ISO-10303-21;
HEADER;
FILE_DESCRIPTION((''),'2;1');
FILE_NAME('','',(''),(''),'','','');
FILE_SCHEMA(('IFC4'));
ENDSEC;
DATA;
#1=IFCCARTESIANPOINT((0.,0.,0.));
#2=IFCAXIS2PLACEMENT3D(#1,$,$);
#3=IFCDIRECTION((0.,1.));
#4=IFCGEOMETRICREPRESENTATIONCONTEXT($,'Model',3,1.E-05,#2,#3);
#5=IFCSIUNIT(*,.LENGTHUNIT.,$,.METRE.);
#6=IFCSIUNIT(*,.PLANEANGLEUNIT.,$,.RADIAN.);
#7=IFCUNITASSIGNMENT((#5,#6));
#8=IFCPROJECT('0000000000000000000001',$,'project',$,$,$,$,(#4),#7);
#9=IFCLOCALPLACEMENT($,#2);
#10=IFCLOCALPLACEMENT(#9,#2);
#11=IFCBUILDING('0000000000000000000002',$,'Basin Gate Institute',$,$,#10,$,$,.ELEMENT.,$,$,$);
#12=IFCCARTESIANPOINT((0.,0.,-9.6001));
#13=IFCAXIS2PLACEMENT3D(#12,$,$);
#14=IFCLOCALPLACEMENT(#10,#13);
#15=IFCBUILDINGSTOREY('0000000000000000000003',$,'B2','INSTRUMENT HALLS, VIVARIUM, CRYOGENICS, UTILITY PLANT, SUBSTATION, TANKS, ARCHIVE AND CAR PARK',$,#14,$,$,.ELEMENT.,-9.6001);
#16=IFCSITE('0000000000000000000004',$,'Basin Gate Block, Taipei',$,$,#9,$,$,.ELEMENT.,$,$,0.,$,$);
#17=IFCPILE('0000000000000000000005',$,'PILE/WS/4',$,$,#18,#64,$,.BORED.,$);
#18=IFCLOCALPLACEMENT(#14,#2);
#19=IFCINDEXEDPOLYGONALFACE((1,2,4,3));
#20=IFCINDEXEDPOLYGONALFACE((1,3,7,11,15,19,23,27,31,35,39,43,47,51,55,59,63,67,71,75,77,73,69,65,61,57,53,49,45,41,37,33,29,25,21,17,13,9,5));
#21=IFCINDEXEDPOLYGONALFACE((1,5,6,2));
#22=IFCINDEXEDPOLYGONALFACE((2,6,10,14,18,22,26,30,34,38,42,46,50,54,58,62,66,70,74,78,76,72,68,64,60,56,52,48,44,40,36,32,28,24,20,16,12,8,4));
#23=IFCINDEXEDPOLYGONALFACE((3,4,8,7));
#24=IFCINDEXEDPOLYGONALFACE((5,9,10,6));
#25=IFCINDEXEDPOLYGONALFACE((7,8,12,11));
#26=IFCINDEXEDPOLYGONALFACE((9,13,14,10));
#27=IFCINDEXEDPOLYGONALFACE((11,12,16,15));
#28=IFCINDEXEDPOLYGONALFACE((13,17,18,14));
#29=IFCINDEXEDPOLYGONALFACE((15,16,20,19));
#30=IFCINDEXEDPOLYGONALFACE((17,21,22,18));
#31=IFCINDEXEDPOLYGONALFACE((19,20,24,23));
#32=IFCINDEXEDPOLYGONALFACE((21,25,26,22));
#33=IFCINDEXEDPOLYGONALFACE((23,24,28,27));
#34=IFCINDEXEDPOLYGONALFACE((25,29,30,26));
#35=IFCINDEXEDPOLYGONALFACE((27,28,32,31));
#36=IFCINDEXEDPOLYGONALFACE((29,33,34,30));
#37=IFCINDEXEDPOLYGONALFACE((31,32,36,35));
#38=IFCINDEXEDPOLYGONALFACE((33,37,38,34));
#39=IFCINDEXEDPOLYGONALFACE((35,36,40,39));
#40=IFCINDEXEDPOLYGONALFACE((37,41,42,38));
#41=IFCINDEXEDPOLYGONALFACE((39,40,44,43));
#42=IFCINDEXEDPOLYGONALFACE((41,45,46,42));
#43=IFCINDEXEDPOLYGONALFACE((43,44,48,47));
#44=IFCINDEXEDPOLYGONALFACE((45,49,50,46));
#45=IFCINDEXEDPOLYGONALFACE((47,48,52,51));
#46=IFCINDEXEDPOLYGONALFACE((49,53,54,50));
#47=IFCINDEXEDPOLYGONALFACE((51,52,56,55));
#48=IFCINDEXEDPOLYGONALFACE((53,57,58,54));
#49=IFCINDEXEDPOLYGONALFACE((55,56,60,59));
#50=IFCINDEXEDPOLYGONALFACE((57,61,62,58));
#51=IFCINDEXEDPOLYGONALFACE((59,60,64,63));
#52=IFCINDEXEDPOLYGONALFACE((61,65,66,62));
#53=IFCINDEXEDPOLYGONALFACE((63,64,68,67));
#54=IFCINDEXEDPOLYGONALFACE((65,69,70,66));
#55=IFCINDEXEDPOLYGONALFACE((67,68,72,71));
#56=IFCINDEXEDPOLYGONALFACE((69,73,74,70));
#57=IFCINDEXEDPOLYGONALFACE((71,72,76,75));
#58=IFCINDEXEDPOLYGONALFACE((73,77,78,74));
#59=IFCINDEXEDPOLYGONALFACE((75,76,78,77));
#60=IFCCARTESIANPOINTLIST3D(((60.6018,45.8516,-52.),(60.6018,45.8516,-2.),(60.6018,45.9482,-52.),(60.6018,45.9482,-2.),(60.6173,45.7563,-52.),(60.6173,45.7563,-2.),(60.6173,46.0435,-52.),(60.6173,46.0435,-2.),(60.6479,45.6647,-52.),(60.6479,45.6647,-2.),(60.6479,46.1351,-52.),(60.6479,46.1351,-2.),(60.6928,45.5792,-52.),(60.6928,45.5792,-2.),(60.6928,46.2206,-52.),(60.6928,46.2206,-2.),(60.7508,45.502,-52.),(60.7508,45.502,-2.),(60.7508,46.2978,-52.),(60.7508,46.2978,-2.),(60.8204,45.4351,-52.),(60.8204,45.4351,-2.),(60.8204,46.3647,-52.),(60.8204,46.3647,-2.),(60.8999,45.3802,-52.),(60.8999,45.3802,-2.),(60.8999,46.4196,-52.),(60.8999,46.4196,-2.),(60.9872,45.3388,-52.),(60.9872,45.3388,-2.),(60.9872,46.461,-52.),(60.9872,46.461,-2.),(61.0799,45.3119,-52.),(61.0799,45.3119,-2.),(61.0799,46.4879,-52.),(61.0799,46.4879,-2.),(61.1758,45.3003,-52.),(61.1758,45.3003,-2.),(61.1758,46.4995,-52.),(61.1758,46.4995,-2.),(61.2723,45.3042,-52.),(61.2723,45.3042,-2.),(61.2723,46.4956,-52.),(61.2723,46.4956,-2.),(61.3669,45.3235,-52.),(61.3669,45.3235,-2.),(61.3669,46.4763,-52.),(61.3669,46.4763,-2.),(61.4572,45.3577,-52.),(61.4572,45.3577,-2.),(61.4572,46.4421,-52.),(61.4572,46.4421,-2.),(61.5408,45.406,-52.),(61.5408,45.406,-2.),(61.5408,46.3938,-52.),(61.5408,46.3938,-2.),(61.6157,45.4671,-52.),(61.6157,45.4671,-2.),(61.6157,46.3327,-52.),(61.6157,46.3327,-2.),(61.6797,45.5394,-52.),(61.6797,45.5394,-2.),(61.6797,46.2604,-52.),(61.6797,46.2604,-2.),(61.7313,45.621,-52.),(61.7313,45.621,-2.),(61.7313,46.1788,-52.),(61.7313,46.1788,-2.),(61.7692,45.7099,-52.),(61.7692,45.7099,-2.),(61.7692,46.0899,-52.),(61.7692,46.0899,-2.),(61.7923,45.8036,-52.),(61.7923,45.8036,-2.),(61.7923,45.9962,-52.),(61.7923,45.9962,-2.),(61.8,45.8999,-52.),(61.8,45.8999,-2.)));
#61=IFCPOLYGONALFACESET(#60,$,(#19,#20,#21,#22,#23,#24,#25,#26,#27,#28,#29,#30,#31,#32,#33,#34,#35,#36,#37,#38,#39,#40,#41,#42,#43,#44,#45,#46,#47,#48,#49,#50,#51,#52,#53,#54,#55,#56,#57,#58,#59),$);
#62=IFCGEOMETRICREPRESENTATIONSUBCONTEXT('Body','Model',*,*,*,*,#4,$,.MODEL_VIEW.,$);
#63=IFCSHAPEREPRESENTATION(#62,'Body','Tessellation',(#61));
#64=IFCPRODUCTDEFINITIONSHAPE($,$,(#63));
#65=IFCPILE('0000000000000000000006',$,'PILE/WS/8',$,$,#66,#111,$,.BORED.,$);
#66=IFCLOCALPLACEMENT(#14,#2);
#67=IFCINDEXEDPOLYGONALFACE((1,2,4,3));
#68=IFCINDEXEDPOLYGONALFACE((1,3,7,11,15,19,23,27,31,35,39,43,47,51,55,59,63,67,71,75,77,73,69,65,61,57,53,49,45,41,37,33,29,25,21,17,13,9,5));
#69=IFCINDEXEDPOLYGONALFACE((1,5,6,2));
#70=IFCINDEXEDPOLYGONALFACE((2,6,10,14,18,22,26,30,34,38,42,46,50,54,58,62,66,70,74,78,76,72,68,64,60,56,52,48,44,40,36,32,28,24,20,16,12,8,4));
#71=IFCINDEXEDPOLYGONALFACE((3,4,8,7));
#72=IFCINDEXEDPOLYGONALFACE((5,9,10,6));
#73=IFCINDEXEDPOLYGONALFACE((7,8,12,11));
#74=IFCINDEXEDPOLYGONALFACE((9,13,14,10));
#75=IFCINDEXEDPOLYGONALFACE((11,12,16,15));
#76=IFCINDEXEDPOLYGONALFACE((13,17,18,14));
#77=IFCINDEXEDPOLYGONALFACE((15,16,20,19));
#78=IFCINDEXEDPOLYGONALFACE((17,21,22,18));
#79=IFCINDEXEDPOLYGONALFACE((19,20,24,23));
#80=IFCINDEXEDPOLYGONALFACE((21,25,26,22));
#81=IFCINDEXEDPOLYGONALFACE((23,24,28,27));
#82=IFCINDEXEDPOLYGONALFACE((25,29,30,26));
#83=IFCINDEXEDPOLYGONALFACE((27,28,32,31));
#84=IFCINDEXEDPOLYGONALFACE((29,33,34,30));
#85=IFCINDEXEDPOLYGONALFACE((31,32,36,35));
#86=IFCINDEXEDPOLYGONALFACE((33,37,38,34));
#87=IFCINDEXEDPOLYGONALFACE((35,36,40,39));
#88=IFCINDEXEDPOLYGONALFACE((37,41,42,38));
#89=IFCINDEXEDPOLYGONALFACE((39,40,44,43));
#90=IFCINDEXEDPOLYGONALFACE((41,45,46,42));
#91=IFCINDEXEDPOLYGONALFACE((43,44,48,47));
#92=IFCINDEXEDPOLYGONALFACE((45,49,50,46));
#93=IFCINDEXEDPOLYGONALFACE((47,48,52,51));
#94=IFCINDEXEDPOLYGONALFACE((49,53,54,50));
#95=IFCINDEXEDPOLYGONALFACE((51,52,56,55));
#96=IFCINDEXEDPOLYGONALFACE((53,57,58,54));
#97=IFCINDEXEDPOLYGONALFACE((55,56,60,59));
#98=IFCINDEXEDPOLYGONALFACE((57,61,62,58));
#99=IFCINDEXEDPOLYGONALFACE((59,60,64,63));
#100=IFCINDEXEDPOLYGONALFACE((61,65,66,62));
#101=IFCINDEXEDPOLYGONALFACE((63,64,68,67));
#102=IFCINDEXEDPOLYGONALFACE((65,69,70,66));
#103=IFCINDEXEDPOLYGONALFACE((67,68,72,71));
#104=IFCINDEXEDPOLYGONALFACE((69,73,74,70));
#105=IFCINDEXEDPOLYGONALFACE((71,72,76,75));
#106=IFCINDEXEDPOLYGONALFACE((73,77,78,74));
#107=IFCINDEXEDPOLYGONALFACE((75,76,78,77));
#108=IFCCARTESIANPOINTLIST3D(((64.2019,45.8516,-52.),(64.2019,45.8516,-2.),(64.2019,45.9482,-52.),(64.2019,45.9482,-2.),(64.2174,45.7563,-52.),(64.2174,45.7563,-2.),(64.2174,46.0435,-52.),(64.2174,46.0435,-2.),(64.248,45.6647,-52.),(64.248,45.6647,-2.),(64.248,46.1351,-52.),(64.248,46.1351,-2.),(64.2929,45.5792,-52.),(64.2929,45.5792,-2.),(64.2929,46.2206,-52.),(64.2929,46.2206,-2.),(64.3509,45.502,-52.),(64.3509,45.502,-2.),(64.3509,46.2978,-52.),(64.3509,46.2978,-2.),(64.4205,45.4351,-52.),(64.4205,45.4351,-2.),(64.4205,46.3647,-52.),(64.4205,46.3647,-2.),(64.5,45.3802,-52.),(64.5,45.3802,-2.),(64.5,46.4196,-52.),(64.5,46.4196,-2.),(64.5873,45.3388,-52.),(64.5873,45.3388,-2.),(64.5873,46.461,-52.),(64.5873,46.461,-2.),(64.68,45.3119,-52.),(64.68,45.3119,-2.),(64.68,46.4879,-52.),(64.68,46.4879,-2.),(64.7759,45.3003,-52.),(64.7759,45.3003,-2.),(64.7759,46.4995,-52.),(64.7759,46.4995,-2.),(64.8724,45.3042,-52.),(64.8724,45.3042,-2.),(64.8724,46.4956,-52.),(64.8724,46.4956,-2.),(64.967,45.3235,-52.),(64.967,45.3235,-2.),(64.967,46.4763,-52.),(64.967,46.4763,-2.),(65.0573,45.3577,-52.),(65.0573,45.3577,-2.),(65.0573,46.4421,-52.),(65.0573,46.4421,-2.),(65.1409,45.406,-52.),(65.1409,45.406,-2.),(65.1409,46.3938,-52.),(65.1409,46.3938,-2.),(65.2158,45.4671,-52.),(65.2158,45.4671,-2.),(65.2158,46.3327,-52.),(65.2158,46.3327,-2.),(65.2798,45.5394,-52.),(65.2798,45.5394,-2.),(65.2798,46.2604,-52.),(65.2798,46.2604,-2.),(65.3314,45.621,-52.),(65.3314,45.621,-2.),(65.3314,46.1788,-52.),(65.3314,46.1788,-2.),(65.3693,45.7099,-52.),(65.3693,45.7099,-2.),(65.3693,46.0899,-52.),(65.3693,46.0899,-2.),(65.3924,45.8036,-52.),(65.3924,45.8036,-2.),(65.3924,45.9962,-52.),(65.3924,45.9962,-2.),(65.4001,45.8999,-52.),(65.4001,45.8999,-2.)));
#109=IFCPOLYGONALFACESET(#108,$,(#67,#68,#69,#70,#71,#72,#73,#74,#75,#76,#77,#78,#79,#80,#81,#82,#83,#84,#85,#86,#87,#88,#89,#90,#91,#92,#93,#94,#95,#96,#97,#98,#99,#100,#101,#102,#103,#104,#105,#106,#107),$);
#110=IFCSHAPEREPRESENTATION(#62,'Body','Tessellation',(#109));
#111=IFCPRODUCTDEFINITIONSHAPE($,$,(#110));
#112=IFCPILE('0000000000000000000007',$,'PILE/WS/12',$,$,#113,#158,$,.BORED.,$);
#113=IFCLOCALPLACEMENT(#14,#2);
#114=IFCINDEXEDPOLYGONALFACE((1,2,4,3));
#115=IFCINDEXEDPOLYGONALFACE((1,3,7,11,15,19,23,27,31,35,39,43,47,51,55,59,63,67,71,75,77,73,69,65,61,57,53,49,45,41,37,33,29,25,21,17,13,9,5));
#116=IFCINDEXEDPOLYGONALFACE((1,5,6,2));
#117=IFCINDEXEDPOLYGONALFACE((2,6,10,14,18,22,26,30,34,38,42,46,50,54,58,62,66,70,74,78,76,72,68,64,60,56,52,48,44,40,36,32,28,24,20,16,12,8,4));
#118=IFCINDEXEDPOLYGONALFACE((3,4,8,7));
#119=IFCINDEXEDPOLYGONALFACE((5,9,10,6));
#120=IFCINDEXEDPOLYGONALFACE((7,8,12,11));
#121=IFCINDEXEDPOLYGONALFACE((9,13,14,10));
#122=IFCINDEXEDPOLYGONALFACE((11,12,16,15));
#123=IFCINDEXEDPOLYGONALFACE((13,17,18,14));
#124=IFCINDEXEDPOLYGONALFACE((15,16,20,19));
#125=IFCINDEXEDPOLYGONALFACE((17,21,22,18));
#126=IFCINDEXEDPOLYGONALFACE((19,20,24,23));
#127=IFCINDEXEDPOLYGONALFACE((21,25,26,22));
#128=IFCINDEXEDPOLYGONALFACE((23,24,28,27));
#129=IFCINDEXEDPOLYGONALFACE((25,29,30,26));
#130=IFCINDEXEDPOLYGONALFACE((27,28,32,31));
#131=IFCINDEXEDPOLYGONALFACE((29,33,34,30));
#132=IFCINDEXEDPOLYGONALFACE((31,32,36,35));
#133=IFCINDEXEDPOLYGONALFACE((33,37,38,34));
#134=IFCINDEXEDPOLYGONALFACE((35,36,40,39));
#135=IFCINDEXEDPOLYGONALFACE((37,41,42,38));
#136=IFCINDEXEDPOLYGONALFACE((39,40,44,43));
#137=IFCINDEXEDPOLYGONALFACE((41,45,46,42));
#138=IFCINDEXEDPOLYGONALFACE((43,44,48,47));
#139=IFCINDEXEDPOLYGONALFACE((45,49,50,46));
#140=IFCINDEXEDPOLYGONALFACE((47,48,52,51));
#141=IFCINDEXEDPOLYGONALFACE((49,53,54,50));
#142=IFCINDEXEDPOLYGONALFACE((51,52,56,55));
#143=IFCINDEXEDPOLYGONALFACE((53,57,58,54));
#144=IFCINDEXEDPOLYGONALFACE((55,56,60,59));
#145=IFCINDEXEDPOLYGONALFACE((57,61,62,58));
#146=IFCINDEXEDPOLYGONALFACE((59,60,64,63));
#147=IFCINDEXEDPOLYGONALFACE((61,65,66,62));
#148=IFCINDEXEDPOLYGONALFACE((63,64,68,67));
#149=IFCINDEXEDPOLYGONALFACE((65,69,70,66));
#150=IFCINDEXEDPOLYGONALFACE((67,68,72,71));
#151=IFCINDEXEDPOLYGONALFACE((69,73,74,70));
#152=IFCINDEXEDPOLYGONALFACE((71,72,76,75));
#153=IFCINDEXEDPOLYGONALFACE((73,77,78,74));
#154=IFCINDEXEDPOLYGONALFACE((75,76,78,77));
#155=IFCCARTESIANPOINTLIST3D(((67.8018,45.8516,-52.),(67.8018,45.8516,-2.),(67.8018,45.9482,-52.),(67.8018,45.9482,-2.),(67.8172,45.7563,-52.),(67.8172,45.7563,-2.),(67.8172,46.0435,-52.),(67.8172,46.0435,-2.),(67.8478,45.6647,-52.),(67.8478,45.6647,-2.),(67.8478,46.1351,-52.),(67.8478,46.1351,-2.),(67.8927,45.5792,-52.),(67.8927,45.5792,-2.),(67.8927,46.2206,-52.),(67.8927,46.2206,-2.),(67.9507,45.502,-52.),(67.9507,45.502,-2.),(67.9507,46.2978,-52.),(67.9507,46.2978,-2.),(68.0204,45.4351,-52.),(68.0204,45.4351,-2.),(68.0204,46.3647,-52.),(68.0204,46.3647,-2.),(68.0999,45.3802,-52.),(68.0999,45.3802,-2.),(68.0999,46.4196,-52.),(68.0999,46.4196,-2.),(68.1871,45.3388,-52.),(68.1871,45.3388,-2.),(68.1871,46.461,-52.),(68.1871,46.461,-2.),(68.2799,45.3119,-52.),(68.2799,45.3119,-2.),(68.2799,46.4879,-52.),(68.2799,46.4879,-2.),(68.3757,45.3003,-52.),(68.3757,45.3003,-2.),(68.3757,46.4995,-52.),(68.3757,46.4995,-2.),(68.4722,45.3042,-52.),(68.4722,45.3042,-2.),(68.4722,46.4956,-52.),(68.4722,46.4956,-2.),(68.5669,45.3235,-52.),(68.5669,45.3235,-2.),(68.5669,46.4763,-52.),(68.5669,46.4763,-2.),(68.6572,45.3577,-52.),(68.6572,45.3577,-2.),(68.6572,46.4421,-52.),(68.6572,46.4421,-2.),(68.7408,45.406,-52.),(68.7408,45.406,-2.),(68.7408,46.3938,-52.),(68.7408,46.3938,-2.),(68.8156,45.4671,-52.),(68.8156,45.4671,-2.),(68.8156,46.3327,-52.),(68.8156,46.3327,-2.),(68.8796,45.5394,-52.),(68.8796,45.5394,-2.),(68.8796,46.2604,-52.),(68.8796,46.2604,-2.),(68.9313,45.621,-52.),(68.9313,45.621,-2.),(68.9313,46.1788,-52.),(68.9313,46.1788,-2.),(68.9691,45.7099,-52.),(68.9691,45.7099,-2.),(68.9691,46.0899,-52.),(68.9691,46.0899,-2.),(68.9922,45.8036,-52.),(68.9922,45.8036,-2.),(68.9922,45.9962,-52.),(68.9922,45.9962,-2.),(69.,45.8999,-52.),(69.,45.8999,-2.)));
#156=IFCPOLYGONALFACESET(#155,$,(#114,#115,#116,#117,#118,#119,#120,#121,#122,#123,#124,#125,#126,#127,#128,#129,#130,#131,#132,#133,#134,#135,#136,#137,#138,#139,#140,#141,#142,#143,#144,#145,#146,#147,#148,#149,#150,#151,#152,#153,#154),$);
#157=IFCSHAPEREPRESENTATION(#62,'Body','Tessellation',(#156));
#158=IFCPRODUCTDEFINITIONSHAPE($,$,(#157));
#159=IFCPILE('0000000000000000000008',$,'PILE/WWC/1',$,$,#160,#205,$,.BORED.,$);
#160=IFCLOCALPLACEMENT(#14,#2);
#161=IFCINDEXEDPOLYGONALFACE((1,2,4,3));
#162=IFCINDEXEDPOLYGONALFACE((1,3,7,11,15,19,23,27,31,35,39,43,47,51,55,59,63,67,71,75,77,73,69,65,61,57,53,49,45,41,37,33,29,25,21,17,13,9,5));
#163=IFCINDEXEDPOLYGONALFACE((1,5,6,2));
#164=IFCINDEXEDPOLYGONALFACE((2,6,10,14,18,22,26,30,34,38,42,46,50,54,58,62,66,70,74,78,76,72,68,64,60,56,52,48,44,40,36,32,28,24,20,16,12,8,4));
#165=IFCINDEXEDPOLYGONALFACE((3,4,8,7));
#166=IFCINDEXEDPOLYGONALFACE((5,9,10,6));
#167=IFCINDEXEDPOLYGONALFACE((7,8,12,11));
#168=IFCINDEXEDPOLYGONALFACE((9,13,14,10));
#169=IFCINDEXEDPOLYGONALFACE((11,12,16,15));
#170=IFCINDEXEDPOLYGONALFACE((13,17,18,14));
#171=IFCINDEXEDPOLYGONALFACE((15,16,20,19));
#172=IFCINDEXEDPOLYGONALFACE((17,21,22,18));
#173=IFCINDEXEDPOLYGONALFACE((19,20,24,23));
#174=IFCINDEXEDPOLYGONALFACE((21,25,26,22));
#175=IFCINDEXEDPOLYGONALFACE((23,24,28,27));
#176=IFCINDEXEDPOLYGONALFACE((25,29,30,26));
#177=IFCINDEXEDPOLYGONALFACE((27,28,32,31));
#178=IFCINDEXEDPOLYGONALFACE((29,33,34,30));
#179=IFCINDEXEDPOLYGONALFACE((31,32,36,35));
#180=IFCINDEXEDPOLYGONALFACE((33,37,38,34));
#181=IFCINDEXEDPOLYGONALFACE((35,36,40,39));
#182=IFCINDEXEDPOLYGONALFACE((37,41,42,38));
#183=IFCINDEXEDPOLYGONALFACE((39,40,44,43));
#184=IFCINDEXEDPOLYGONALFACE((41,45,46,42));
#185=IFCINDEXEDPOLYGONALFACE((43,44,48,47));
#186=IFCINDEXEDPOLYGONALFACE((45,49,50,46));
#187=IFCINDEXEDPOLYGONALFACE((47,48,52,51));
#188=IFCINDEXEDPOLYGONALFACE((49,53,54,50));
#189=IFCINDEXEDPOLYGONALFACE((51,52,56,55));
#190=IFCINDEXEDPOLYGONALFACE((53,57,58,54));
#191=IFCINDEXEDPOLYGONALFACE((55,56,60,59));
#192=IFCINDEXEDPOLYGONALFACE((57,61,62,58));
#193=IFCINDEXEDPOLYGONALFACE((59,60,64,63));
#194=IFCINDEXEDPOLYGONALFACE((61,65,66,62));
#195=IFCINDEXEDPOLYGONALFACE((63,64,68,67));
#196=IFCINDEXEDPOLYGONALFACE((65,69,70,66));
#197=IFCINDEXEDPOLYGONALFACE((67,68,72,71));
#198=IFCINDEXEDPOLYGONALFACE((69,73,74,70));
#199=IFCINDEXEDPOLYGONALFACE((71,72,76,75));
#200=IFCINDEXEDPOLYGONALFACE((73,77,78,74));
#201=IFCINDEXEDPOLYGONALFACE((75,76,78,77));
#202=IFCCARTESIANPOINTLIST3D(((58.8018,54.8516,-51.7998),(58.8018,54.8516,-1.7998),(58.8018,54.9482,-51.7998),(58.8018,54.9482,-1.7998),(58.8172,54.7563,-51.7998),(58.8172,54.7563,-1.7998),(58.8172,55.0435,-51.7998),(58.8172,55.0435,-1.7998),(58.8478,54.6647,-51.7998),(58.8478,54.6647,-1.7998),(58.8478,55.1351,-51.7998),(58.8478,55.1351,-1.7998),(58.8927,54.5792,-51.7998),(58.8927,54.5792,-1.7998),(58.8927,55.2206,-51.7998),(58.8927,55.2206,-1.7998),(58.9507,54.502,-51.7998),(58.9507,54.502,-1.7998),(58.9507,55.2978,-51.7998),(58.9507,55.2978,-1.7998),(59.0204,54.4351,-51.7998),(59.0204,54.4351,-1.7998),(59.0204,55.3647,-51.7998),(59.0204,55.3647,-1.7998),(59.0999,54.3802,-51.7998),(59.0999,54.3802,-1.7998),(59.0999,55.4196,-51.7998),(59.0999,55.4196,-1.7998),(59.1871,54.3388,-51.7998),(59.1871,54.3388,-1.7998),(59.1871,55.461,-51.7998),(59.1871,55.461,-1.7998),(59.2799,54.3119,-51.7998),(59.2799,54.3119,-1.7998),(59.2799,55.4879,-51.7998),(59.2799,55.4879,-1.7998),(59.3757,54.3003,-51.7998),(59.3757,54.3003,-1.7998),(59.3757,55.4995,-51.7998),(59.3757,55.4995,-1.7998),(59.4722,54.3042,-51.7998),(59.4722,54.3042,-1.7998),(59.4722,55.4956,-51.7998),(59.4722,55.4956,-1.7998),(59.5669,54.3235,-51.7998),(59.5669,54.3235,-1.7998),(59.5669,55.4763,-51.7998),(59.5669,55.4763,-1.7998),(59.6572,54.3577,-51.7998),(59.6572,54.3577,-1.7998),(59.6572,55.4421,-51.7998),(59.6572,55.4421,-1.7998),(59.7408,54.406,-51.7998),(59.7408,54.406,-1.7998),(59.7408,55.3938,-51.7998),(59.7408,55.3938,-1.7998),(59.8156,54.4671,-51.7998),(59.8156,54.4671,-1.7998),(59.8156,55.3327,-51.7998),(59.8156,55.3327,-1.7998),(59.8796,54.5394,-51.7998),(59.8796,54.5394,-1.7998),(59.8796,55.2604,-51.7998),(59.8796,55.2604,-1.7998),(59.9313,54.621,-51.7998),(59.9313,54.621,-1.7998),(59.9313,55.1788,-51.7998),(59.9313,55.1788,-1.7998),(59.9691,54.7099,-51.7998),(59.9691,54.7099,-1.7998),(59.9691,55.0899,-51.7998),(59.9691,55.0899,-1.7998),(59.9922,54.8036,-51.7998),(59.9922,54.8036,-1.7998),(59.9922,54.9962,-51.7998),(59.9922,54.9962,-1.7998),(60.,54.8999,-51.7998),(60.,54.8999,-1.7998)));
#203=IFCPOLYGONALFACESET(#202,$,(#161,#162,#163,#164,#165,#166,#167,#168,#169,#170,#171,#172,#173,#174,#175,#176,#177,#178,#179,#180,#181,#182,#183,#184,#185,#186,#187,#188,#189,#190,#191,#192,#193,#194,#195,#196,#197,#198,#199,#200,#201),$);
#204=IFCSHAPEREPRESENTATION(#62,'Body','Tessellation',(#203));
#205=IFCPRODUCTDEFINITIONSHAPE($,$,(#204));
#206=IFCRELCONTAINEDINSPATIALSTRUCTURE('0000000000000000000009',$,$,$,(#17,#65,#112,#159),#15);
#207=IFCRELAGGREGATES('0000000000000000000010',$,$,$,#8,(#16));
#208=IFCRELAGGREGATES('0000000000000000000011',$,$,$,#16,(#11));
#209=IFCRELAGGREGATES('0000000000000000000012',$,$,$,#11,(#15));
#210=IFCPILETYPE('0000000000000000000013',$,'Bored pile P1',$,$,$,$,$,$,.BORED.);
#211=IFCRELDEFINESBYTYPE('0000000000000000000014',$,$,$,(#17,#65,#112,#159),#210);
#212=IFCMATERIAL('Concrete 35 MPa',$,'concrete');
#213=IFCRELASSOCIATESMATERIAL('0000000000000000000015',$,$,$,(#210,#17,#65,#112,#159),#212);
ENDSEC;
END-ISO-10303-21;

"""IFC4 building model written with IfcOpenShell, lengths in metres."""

from ifc_helpers import new_model, si_unit, direction, frame, origin, origin_2d, place, context, subcontext, project, spatial, circle, extrude, material, material_profile, profile_set, type_object, element, save


model = new_model("IFC4")

# Units and contexts
model_context = context("Model", 3, precision=1e-05, world=origin(), true_north=direction((0.0, 1.0)))
body_context = subcontext(model_context, "Body", "Model", "MODEL_VIEW")
ifc_project = project(units=[si_unit("LENGTHUNIT", "METRE"), si_unit("PLANEANGLEUNIT", "RADIAN")], contexts=[model_context])

# Site, building, storey
site_placement = place(None, origin())
site = spatial("IfcSite", under=ifc_project, at=site_placement, Name="Basin Gate Block, Taipei", CompositionType="ELEMENT", RefElevation=0.0)
building_placement = place(site_placement, origin())
building = spatial("IfcBuilding", under=site, at=building_placement, Name="Basin Gate Institute", CompositionType="ELEMENT")
storey_placement = place(building_placement, frame((0.0, 0.0, -9.6001)))
storey = spatial("IfcBuildingStorey", under=building, at=storey_placement, Name="B2", Description="INSTRUMENT HALLS, VIVARIUM, CRYOGENICS, UTILITY PLANT, SUBSTATION, TANKS, ARCHIVE AND CAR PARK", CompositionType="ELEMENT", Elevation=-9.6001)

# Piles
ifc_material_1 = material(Name="Concrete 35 MPa", Category="concrete")
ifc_material_profile_1 = material_profile(ifc_material_1, circle(Radius=0.6001, at=origin_2d()), Name="Bored pile P1 1200 dia")
ifc_profile_set_1 = profile_set([ifc_material_profile_1], Name="Concrete 35 MPa")
pile_type = type_object("IfcPileType", Name="Bored pile P1", PredefinedType="BORED", material=ifc_profile_set_1)
for number, where, z_axis, x_axis, name in (
    (1, (61.2, 45.8999, -2.0), (0.0, 0.0, -1.0), (1.0, 0.0, 0.0), "PILE/WS/4"),
    (2, (64.8, 45.8999, -2.0), (0.0, 0.0, -1.0), (1.0, 0.0, 0.0), "PILE/WS/8"),
    (3, (68.3999, 45.8999, -2.0), (0.0, 0.0, -1.0), (1.0, 0.0, 0.0), "PILE/WS/12"),
    (4, (59.3999, 54.8999, -1.7998), (0.0, 0.0, -1.0), (1.0, 0.0, 0.0), "PILE/WWC/1"),
):
    element("IfcPile", number, at=place(storey_placement, frame(where, z_axis=z_axis, x_axis=x_axis)), inside=storey, type_object=pile_type, material=ifc_profile_set_1, Name=name, PredefinedType="BORED", context=body_context, shape_type="SweptSolid", body=[
        extrude(circle(Radius=0.6001, at=origin_2d()), origin(), (0.0, 0.0, 1.0), 50.0),
    ])

save(model, "model.ifc")
